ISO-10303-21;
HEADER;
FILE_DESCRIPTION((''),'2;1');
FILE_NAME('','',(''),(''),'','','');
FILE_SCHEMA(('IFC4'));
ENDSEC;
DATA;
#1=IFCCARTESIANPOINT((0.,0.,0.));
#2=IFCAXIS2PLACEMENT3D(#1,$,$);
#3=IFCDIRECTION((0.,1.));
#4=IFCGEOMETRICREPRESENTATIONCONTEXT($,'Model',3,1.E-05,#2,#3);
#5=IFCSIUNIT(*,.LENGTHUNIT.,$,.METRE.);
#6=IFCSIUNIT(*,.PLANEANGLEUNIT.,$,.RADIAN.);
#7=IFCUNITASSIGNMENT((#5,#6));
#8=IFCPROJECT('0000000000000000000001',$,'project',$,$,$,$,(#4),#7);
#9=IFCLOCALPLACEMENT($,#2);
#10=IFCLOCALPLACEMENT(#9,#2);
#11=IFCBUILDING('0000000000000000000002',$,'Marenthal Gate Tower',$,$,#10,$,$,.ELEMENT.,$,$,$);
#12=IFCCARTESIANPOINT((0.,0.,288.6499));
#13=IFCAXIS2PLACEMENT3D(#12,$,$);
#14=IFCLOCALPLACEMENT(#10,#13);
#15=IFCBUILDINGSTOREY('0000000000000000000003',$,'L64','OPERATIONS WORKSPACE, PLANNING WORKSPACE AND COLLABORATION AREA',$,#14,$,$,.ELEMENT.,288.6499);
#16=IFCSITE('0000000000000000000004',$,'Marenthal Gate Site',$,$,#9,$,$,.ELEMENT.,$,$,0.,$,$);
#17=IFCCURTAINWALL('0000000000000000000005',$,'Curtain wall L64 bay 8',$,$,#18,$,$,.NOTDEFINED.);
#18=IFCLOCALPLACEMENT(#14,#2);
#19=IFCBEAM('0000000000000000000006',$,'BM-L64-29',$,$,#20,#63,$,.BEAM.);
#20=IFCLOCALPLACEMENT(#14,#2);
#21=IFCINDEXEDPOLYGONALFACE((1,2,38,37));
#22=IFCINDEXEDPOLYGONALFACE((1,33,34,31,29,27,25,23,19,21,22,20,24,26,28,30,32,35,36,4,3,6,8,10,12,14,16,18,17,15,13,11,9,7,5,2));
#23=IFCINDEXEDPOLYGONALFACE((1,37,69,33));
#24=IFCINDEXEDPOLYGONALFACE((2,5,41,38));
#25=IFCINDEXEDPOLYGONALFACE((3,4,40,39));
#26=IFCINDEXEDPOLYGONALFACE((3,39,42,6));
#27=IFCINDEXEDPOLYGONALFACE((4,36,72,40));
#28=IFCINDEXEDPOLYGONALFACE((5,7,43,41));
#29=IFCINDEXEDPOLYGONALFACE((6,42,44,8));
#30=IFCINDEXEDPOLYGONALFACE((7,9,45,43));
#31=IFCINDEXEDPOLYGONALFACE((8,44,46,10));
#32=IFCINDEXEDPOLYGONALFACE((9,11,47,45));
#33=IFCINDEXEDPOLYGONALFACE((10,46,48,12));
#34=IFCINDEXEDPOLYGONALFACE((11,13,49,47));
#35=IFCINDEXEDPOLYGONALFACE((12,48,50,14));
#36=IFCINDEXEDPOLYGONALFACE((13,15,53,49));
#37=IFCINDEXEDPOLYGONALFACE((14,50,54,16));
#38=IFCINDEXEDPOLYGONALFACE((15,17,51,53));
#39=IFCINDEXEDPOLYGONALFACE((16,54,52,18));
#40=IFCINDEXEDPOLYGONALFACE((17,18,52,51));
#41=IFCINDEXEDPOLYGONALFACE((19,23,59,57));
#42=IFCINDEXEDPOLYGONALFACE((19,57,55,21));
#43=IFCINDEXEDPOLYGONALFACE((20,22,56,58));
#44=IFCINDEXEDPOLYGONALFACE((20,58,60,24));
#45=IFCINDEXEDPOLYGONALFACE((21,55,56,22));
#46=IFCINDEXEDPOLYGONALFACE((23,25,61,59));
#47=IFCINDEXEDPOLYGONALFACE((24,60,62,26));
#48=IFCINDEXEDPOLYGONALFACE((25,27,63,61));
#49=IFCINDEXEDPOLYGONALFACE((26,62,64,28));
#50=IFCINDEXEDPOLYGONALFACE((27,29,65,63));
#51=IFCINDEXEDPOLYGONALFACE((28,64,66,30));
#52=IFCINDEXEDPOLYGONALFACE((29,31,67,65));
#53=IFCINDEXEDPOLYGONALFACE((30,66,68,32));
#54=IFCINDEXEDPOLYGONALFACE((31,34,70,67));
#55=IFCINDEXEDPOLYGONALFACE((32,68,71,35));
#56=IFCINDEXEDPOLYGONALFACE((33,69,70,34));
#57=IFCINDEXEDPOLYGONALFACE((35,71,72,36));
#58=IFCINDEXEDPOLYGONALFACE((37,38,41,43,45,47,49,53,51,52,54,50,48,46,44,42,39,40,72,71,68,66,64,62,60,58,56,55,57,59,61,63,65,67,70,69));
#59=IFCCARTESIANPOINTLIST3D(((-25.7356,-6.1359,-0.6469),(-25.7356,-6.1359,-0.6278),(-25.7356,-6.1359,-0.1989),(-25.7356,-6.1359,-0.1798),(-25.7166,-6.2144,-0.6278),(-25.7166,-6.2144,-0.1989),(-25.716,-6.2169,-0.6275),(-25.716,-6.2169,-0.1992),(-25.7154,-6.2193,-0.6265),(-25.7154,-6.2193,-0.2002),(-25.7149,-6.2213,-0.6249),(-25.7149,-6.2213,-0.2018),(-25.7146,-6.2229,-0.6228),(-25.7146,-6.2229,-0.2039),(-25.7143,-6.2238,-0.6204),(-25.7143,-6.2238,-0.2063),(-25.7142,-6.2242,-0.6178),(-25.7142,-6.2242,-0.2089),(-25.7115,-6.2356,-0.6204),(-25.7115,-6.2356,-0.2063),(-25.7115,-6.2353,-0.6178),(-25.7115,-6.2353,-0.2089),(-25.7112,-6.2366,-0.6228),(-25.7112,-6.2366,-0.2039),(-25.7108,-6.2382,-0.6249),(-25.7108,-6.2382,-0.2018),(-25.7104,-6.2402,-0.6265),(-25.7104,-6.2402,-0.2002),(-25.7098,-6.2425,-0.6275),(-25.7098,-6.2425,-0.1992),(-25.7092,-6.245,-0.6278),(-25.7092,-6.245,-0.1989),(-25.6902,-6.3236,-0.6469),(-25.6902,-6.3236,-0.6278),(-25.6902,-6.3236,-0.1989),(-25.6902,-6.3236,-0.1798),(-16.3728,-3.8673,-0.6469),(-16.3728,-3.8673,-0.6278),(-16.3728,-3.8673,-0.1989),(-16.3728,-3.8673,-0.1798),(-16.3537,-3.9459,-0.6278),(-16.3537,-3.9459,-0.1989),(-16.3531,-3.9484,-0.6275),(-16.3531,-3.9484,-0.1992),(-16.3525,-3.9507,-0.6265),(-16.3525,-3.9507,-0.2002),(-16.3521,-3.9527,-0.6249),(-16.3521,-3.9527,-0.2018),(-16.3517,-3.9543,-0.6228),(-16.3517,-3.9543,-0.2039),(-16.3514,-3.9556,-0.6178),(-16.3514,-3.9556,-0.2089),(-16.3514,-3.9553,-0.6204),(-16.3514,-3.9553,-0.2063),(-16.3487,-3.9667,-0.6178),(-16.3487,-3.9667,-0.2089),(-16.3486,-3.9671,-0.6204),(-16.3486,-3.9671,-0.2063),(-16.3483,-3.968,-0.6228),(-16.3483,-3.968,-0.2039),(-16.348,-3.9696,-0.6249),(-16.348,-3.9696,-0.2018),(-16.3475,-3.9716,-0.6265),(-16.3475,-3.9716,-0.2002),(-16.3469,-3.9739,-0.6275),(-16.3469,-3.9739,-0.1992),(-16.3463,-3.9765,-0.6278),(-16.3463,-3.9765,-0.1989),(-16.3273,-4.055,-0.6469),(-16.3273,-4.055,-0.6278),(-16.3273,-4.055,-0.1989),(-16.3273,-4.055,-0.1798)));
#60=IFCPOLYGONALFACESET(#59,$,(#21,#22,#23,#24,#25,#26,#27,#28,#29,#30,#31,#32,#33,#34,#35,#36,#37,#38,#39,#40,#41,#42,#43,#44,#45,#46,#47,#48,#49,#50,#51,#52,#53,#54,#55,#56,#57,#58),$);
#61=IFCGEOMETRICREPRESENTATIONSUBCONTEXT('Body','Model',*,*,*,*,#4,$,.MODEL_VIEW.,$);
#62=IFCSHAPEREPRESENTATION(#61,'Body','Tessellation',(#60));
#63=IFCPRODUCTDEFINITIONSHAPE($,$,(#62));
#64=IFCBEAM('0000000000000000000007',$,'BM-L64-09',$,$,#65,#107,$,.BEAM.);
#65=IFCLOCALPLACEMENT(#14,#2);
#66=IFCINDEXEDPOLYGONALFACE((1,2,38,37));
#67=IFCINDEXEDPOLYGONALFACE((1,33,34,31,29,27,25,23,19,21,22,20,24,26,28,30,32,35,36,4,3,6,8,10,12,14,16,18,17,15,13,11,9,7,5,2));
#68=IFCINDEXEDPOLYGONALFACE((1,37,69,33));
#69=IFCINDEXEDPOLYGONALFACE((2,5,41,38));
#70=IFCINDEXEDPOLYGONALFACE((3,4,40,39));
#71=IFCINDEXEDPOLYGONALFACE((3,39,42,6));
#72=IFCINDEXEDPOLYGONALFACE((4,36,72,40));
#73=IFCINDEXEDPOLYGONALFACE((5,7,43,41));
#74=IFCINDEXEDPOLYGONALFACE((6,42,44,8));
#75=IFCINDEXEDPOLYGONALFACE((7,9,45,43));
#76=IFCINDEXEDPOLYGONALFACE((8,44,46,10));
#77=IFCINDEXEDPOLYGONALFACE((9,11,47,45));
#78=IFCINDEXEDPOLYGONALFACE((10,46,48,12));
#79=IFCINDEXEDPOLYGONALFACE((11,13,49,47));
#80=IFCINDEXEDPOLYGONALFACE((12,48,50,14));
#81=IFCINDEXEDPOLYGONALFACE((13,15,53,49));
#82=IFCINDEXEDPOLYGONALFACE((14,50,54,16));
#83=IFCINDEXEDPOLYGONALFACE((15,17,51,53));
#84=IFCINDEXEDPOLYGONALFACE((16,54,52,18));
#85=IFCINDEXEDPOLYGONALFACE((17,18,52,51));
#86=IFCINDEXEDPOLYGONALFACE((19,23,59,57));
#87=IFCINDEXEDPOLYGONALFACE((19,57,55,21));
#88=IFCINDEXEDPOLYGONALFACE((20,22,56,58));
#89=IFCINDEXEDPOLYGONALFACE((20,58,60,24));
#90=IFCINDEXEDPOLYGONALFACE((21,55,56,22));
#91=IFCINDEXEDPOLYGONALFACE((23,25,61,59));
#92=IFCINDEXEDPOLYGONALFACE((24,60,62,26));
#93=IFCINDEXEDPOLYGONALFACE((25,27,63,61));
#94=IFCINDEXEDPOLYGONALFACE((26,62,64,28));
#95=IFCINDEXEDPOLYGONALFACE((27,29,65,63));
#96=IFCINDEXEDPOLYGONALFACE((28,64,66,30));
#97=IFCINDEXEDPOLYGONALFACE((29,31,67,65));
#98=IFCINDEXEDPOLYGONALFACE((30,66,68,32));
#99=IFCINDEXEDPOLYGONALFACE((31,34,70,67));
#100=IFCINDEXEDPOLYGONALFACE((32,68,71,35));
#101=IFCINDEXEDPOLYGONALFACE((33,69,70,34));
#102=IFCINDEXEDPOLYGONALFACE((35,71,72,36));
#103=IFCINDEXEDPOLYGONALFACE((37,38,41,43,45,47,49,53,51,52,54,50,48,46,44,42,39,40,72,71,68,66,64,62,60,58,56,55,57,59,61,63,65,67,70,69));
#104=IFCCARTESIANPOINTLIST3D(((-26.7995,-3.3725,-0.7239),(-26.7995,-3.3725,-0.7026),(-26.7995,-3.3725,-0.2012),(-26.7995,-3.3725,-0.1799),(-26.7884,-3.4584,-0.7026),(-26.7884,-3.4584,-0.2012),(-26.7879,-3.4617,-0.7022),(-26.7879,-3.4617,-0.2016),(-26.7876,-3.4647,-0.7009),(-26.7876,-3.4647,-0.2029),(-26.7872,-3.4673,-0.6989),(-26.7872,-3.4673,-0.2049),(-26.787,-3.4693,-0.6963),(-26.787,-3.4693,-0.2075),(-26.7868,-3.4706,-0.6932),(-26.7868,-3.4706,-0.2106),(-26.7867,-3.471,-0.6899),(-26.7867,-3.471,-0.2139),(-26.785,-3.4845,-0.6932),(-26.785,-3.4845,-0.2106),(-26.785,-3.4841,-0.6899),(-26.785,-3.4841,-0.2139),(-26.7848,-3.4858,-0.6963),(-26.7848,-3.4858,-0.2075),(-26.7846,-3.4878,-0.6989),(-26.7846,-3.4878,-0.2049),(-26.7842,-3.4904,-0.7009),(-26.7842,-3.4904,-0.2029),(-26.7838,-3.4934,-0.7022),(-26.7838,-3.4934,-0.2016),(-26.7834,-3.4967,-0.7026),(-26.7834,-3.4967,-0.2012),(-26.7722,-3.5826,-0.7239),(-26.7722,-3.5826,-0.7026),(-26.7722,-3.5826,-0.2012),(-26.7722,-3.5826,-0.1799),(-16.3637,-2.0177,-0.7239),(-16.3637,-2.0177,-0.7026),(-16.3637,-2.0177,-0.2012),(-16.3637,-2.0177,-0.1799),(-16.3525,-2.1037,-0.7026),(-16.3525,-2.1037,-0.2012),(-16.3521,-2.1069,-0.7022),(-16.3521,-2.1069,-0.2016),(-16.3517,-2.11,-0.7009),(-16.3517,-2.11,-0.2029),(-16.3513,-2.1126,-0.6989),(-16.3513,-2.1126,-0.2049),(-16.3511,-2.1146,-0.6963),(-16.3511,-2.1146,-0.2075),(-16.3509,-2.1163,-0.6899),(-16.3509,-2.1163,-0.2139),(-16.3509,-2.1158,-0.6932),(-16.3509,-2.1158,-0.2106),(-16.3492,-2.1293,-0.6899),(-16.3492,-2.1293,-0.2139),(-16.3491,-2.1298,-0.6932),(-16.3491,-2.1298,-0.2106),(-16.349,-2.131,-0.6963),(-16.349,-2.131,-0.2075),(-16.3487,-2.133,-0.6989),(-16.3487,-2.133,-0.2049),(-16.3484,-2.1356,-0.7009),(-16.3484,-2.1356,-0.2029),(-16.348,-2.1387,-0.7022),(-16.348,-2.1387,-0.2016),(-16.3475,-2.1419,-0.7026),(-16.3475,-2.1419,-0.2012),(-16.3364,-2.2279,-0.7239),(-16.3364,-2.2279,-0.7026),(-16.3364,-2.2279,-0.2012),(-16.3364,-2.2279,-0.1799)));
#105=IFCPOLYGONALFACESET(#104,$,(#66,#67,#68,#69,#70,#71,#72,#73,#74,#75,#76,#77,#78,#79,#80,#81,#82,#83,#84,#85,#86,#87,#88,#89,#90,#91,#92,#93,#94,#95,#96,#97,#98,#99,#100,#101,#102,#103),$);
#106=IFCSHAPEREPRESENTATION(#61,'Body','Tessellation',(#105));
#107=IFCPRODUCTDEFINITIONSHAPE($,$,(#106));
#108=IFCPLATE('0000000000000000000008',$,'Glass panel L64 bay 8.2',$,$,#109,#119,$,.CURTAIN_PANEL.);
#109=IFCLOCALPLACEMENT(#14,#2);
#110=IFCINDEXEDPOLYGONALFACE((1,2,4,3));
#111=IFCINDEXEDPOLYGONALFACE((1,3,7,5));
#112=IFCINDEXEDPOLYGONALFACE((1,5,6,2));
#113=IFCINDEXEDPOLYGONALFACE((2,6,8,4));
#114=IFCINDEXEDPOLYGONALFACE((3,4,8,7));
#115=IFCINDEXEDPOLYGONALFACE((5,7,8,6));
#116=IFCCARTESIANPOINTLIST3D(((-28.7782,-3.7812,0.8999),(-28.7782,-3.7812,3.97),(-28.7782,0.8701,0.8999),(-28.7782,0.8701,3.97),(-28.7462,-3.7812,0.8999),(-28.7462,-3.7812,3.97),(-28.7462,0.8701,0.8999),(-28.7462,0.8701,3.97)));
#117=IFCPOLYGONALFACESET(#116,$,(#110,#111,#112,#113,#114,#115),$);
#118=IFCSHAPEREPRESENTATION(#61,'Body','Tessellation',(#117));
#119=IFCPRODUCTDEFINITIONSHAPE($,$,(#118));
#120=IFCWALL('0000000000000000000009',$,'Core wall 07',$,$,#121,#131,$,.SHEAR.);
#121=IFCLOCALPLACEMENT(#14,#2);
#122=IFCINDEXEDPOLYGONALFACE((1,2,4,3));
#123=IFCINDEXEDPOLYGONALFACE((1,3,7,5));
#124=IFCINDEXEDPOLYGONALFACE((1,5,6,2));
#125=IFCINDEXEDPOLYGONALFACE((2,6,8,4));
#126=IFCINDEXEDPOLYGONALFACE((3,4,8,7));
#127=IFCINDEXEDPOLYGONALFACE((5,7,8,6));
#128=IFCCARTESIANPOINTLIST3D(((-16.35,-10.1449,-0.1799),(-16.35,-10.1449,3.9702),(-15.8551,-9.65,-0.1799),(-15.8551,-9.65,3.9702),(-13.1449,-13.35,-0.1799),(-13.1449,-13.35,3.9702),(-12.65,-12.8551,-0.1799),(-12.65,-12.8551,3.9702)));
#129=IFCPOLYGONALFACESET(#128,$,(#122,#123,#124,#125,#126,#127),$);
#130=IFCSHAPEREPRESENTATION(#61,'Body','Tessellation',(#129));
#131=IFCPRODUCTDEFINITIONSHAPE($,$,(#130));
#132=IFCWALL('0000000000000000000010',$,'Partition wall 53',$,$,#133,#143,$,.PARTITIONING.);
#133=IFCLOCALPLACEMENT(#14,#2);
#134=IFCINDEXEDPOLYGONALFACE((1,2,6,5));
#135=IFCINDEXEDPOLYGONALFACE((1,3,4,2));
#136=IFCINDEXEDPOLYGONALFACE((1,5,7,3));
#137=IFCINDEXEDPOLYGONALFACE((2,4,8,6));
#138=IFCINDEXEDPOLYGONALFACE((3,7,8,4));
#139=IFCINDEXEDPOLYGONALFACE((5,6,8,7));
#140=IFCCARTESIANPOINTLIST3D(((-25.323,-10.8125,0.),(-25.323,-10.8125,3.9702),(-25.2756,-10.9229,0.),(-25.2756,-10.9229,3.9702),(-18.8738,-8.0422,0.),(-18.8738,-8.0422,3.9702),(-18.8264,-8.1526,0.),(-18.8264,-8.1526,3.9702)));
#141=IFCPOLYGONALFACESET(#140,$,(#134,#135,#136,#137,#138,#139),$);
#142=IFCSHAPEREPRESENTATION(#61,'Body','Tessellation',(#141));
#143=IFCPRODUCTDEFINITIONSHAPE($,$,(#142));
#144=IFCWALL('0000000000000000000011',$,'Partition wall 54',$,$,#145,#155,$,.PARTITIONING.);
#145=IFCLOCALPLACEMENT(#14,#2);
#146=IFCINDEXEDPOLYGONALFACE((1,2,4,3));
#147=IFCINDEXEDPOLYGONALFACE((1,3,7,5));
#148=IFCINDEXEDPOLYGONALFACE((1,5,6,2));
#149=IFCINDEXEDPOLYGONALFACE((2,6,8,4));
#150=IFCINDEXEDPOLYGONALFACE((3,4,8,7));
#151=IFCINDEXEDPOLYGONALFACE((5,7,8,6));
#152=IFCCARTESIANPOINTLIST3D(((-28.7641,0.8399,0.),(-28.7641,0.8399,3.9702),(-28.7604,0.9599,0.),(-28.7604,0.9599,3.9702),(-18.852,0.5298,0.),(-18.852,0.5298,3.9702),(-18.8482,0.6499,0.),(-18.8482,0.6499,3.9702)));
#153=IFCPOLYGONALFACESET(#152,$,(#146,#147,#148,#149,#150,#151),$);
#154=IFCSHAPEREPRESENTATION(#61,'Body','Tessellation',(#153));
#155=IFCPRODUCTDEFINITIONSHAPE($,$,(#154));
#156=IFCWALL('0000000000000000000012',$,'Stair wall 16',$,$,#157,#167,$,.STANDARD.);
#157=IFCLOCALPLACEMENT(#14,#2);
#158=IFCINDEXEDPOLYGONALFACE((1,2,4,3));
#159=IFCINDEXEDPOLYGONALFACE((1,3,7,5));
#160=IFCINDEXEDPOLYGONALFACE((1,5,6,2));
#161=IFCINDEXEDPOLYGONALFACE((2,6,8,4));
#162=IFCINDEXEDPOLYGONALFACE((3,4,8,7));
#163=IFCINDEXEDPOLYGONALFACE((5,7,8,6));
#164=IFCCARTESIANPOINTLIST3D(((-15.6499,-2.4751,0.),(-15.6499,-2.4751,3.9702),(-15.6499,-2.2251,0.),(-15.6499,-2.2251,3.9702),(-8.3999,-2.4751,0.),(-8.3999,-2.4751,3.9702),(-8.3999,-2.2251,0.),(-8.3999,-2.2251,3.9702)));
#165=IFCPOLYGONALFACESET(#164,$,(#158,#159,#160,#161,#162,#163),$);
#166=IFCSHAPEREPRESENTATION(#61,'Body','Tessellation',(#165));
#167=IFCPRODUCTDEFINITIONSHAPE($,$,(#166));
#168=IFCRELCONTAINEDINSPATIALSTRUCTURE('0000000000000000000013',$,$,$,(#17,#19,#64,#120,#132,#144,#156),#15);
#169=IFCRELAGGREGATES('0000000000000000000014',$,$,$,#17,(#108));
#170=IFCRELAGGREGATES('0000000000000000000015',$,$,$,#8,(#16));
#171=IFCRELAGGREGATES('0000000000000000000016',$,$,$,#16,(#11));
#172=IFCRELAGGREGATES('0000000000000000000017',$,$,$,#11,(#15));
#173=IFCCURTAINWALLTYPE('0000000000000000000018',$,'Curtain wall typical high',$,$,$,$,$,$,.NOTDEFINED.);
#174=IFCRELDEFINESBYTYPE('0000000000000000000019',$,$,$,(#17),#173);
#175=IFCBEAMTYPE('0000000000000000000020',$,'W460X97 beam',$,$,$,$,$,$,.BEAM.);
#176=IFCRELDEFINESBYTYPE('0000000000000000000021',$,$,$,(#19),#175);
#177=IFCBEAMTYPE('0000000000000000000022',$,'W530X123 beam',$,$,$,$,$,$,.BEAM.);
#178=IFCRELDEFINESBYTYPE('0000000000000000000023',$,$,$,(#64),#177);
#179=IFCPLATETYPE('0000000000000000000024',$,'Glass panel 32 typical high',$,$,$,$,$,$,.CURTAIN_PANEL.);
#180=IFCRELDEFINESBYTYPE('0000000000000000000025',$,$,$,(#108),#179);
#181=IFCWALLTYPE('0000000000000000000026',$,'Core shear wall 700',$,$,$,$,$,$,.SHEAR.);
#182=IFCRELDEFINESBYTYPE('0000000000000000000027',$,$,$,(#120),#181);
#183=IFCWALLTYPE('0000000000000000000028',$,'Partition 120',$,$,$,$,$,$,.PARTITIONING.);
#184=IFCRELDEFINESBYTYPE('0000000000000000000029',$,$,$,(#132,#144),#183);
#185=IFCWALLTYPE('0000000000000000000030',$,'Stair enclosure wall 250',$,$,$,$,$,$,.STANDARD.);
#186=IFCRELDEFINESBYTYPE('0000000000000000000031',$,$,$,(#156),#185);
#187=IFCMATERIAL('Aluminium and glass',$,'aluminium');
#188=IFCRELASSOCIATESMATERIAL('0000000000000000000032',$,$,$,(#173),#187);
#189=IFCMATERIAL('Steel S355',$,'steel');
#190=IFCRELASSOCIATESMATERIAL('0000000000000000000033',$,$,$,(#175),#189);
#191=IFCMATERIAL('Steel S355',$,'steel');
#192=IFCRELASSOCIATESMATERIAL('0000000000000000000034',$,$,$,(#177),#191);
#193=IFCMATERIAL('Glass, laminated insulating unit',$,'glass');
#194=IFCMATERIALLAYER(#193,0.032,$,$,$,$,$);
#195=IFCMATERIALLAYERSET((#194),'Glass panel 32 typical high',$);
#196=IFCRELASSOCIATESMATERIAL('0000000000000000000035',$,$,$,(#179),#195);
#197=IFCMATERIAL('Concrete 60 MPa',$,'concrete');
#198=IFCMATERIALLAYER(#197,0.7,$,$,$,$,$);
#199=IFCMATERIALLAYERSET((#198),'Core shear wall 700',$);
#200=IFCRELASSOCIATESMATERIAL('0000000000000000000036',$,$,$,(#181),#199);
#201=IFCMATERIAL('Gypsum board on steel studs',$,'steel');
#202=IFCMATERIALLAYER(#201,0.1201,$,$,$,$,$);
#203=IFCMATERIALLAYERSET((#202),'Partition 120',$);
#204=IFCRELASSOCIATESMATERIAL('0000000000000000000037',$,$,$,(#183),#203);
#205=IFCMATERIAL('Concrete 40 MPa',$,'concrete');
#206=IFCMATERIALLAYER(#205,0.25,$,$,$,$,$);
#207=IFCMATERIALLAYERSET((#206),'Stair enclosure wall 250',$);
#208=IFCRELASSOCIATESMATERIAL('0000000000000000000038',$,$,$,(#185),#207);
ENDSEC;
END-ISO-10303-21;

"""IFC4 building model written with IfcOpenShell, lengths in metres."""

from ifc_helpers import new_model, si_unit, direction, frame, frame_2d, origin, origin_2d, place, context, subcontext, project, spatial, rectangle, i_section, extrude, material, layer, layer_set, material_profile, profile_set, type_object, element, aggregate, save


model = new_model("IFC4")

# Units and contexts
model_context = context("Model", 3, precision=1e-05, world=origin(), true_north=direction((0.0, 1.0)))
body_context = subcontext(model_context, "Body", "Model", "MODEL_VIEW")
ifc_project = project(units=[si_unit("LENGTHUNIT", "METRE"), si_unit("PLANEANGLEUNIT", "RADIAN")], contexts=[model_context])

# Site, building, storey
site_placement = place(None, origin())
site = spatial("IfcSite", under=ifc_project, at=site_placement, Name="Marenthal Gate Site", CompositionType="ELEMENT", RefElevation=0.0)
building_placement = place(site_placement, origin())
building = spatial("IfcBuilding", under=site, at=building_placement, Name="Marenthal Gate Tower", CompositionType="ELEMENT")
storey_placement = place(building_placement, frame((0.0, 0.0, 288.6499)))
storey = spatial("IfcBuildingStorey", under=building, at=storey_placement, Name="L64", Description="OPERATIONS WORKSPACE, PLANNING WORKSPACE AND COLLABORATION AREA", CompositionType="ELEMENT", Elevation=288.6499)

# Curtain wall
ifc_material_1 = material(Name="Aluminium and glass", Category="aluminium")
curtain_wall_type = type_object("IfcCurtainWallType", Name="Curtain wall typical high", PredefinedType="NOTDEFINED", material=ifc_material_1)
curtain_wall_placement = place(storey_placement, origin())
curtain_wall = element("IfcCurtainWall", 1, at=curtain_wall_placement, inside=storey, type_object=curtain_wall_type, Name="Curtain wall L64 bay 8", PredefinedType="NOTDEFINED")

# Beams
ifc_material_2 = material(Name="Steel S355", Category="steel")
ifc_material_profile_1 = material_profile(ifc_material_2, i_section(OverallWidth=0.1931, OverallDepth=0.467, WebThickness=0.0115, FlangeThickness=0.019, FilletRadius=0.01, at=origin_2d()), Name="W460X97")
ifc_profile_set_1 = profile_set([ifc_material_profile_1], Name="Steel S355")
beam_type_1 = type_object("IfcBeamType", Name="W460X97 beam", PredefinedType="BEAM", material=ifc_profile_set_1)
beam_1_placement = place(storey_placement, frame((-25.7129, -6.2297, -0.4133), z_axis=(0.971879, 0.235481, 0.0), x_axis=(-0.235481, 0.971879, 0.0)))
element("IfcBeam", 2, at=beam_1_placement, inside=storey, type_object=beam_type_1, Name="BM-L64-29", PredefinedType="BEAM", context=body_context, shape_type="SweptSolid", body=[
    extrude(i_section(OverallWidth=0.1931, OverallDepth=0.467, WebThickness=0.0115, FlangeThickness=0.019, FilletRadius=0.01, at=origin_2d()), origin(), (0.0, 0.0, 1.0), 9.6338),
])
ifc_material_3 = material(Name="Steel S355", Category="steel")
ifc_material_profile_2 = material_profile(ifc_material_3, i_section(OverallWidth=0.2119, OverallDepth=0.5439, WebThickness=0.0132, FlangeThickness=0.0212, FilletRadius=0.0127, at=origin_2d()), Name="W530X123")
ifc_profile_set_2 = profile_set([ifc_material_profile_2], Name="Steel S355")
beam_type_2 = type_object("IfcBeamType", Name="W530X123 beam", PredefinedType="BEAM", material=ifc_profile_set_2)
beam_2_placement = place(storey_placement, frame((-26.7859, -3.4775, -0.4519), z_axis=(0.991679, 0.128736, 0.0), x_axis=(-0.128736, 0.991679, 0.0)))
element("IfcBeam", 3, at=beam_2_placement, inside=storey, type_object=beam_type_2, Name="BM-L64-09", PredefinedType="BEAM", context=body_context, shape_type="SweptSolid", body=[
    extrude(i_section(OverallWidth=0.2119, OverallDepth=0.5439, WebThickness=0.0132, FlangeThickness=0.0212, FilletRadius=0.0127, at=origin_2d()), origin(), (0.0, 0.0, 1.0), 10.5234),
])

# Plate
ifc_material_4 = material(Name="Glass, laminated insulating unit", Category="glass")
ifc_layer_1 = layer(ifc_material_4, 0.032)
ifc_layer_set_1 = layer_set([ifc_layer_1], Name="Glass panel 32 typical high")
plate_type = type_object("IfcPlateType", Name="Glass panel 32 typical high", PredefinedType="CURTAIN_PANEL", material=ifc_layer_set_1)
plate_placement = place(storey_placement, frame((-28.7622, -1.4556, 0.8999), z_axis=(0.0, 0.0, 1.0), x_axis=(0.0, -1.0, 0.0)))
plate = element("IfcPlate", 4, at=plate_placement, type_object=plate_type, Name="Glass panel L64 bay 8.2", PredefinedType="CURTAIN_PANEL", context=body_context, shape_type="SweptSolid", body=[
    extrude(rectangle(XDim=4.6514, YDim=0.032, at=origin_2d()), origin(), (0.0, 0.0, 1.0), 3.0701),
])
aggregate(curtain_wall, [plate])

# Walls
ifc_material_5 = material(Name="Concrete 60 MPa", Category="concrete")
ifc_layer_2 = layer(ifc_material_5, 0.7)
ifc_layer_set_2 = layer_set([ifc_layer_2], Name="Core shear wall 700")
wall_type_1 = type_object("IfcWallType", Name="Core shear wall 700", PredefinedType="SHEAR", material=ifc_layer_set_2)
wall_1_placement = place(storey_placement, frame((-16.1025, -9.8975, -0.1799), z_axis=(0.0, 0.0, 1.0), x_axis=(0.707107, -0.707107, 0.0)))
element("IfcWall", 5, at=wall_1_placement, inside=storey, type_object=wall_type_1, Name="Core wall 07", PredefinedType="SHEAR", context=body_context, shape_type="SweptSolid", body=[
    extrude(rectangle(XDim=4.5327, YDim=0.7, at=frame_2d((2.2664, 0.0))), origin(), (0.0, 0.0, 1.0), 4.1501),
])
ifc_material_6 = material(Name="Gypsum board on steel studs", Category="steel")
ifc_layer_3 = layer(ifc_material_6, 0.1201)
ifc_layer_set_3 = layer_set([ifc_layer_3], Name="Partition 120")
wall_type_2 = type_object("IfcWallType", Name="Partition 120", PredefinedType="PARTITIONING", material=ifc_layer_set_3)
wall_2_placement = place(storey_placement, frame((-18.8501, -8.0974, 0.0), z_axis=(0.0, 0.0, 1.0), x_axis=(-0.918819, -0.394679, 0.0)))
element("IfcWall", 6, at=wall_2_placement, inside=storey, type_object=wall_type_2, Name="Partition wall 53", PredefinedType="PARTITIONING", context=body_context, shape_type="SweptSolid", body=[
    extrude(rectangle(XDim=7.019, YDim=0.1201, at=frame_2d((3.5095, 0.0))), origin(), (0.0, 0.0, 1.0), 3.9702),
])
wall_3_placement = place(storey_placement, frame((-18.8501, 0.5898, 0.0), z_axis=(0.0, 0.0, 1.0), x_axis=(-0.999511, 0.031265, 0.0)))
element("IfcWall", 7, at=wall_3_placement, inside=storey, type_object=wall_type_2, Name="Partition wall 54", PredefinedType="PARTITIONING", context=body_context, shape_type="SweptSolid", body=[
    extrude(rectangle(XDim=9.917, YDim=0.1201, at=frame_2d((4.9585, 0.0))), origin(), (0.0, 0.0, 1.0), 3.9702),
])
ifc_material_7 = material(Name="Concrete 40 MPa", Category="concrete")
ifc_layer_4 = layer(ifc_material_7, 0.25)
ifc_layer_set_4 = layer_set([ifc_layer_4], Name="Stair enclosure wall 250")
wall_type_3 = type_object("IfcWallType", Name="Stair enclosure wall 250", PredefinedType="STANDARD", material=ifc_layer_set_4)
wall_4_placement = place(storey_placement, frame((-15.6499, -2.3501, 0.0), z_axis=(0.0, 0.0, 1.0), x_axis=(1.0, 0.0, 0.0)))
element("IfcWall", 8, at=wall_4_placement, inside=storey, type_object=wall_type_3, Name="Stair wall 16", PredefinedType="STANDARD", context=body_context, shape_type="SweptSolid", body=[
    extrude(rectangle(XDim=7.25, YDim=0.25, at=frame_2d((3.625, 0.0))), origin(), (0.0, 0.0, 1.0), 3.9702),
])

save(model, "model.ifc")
